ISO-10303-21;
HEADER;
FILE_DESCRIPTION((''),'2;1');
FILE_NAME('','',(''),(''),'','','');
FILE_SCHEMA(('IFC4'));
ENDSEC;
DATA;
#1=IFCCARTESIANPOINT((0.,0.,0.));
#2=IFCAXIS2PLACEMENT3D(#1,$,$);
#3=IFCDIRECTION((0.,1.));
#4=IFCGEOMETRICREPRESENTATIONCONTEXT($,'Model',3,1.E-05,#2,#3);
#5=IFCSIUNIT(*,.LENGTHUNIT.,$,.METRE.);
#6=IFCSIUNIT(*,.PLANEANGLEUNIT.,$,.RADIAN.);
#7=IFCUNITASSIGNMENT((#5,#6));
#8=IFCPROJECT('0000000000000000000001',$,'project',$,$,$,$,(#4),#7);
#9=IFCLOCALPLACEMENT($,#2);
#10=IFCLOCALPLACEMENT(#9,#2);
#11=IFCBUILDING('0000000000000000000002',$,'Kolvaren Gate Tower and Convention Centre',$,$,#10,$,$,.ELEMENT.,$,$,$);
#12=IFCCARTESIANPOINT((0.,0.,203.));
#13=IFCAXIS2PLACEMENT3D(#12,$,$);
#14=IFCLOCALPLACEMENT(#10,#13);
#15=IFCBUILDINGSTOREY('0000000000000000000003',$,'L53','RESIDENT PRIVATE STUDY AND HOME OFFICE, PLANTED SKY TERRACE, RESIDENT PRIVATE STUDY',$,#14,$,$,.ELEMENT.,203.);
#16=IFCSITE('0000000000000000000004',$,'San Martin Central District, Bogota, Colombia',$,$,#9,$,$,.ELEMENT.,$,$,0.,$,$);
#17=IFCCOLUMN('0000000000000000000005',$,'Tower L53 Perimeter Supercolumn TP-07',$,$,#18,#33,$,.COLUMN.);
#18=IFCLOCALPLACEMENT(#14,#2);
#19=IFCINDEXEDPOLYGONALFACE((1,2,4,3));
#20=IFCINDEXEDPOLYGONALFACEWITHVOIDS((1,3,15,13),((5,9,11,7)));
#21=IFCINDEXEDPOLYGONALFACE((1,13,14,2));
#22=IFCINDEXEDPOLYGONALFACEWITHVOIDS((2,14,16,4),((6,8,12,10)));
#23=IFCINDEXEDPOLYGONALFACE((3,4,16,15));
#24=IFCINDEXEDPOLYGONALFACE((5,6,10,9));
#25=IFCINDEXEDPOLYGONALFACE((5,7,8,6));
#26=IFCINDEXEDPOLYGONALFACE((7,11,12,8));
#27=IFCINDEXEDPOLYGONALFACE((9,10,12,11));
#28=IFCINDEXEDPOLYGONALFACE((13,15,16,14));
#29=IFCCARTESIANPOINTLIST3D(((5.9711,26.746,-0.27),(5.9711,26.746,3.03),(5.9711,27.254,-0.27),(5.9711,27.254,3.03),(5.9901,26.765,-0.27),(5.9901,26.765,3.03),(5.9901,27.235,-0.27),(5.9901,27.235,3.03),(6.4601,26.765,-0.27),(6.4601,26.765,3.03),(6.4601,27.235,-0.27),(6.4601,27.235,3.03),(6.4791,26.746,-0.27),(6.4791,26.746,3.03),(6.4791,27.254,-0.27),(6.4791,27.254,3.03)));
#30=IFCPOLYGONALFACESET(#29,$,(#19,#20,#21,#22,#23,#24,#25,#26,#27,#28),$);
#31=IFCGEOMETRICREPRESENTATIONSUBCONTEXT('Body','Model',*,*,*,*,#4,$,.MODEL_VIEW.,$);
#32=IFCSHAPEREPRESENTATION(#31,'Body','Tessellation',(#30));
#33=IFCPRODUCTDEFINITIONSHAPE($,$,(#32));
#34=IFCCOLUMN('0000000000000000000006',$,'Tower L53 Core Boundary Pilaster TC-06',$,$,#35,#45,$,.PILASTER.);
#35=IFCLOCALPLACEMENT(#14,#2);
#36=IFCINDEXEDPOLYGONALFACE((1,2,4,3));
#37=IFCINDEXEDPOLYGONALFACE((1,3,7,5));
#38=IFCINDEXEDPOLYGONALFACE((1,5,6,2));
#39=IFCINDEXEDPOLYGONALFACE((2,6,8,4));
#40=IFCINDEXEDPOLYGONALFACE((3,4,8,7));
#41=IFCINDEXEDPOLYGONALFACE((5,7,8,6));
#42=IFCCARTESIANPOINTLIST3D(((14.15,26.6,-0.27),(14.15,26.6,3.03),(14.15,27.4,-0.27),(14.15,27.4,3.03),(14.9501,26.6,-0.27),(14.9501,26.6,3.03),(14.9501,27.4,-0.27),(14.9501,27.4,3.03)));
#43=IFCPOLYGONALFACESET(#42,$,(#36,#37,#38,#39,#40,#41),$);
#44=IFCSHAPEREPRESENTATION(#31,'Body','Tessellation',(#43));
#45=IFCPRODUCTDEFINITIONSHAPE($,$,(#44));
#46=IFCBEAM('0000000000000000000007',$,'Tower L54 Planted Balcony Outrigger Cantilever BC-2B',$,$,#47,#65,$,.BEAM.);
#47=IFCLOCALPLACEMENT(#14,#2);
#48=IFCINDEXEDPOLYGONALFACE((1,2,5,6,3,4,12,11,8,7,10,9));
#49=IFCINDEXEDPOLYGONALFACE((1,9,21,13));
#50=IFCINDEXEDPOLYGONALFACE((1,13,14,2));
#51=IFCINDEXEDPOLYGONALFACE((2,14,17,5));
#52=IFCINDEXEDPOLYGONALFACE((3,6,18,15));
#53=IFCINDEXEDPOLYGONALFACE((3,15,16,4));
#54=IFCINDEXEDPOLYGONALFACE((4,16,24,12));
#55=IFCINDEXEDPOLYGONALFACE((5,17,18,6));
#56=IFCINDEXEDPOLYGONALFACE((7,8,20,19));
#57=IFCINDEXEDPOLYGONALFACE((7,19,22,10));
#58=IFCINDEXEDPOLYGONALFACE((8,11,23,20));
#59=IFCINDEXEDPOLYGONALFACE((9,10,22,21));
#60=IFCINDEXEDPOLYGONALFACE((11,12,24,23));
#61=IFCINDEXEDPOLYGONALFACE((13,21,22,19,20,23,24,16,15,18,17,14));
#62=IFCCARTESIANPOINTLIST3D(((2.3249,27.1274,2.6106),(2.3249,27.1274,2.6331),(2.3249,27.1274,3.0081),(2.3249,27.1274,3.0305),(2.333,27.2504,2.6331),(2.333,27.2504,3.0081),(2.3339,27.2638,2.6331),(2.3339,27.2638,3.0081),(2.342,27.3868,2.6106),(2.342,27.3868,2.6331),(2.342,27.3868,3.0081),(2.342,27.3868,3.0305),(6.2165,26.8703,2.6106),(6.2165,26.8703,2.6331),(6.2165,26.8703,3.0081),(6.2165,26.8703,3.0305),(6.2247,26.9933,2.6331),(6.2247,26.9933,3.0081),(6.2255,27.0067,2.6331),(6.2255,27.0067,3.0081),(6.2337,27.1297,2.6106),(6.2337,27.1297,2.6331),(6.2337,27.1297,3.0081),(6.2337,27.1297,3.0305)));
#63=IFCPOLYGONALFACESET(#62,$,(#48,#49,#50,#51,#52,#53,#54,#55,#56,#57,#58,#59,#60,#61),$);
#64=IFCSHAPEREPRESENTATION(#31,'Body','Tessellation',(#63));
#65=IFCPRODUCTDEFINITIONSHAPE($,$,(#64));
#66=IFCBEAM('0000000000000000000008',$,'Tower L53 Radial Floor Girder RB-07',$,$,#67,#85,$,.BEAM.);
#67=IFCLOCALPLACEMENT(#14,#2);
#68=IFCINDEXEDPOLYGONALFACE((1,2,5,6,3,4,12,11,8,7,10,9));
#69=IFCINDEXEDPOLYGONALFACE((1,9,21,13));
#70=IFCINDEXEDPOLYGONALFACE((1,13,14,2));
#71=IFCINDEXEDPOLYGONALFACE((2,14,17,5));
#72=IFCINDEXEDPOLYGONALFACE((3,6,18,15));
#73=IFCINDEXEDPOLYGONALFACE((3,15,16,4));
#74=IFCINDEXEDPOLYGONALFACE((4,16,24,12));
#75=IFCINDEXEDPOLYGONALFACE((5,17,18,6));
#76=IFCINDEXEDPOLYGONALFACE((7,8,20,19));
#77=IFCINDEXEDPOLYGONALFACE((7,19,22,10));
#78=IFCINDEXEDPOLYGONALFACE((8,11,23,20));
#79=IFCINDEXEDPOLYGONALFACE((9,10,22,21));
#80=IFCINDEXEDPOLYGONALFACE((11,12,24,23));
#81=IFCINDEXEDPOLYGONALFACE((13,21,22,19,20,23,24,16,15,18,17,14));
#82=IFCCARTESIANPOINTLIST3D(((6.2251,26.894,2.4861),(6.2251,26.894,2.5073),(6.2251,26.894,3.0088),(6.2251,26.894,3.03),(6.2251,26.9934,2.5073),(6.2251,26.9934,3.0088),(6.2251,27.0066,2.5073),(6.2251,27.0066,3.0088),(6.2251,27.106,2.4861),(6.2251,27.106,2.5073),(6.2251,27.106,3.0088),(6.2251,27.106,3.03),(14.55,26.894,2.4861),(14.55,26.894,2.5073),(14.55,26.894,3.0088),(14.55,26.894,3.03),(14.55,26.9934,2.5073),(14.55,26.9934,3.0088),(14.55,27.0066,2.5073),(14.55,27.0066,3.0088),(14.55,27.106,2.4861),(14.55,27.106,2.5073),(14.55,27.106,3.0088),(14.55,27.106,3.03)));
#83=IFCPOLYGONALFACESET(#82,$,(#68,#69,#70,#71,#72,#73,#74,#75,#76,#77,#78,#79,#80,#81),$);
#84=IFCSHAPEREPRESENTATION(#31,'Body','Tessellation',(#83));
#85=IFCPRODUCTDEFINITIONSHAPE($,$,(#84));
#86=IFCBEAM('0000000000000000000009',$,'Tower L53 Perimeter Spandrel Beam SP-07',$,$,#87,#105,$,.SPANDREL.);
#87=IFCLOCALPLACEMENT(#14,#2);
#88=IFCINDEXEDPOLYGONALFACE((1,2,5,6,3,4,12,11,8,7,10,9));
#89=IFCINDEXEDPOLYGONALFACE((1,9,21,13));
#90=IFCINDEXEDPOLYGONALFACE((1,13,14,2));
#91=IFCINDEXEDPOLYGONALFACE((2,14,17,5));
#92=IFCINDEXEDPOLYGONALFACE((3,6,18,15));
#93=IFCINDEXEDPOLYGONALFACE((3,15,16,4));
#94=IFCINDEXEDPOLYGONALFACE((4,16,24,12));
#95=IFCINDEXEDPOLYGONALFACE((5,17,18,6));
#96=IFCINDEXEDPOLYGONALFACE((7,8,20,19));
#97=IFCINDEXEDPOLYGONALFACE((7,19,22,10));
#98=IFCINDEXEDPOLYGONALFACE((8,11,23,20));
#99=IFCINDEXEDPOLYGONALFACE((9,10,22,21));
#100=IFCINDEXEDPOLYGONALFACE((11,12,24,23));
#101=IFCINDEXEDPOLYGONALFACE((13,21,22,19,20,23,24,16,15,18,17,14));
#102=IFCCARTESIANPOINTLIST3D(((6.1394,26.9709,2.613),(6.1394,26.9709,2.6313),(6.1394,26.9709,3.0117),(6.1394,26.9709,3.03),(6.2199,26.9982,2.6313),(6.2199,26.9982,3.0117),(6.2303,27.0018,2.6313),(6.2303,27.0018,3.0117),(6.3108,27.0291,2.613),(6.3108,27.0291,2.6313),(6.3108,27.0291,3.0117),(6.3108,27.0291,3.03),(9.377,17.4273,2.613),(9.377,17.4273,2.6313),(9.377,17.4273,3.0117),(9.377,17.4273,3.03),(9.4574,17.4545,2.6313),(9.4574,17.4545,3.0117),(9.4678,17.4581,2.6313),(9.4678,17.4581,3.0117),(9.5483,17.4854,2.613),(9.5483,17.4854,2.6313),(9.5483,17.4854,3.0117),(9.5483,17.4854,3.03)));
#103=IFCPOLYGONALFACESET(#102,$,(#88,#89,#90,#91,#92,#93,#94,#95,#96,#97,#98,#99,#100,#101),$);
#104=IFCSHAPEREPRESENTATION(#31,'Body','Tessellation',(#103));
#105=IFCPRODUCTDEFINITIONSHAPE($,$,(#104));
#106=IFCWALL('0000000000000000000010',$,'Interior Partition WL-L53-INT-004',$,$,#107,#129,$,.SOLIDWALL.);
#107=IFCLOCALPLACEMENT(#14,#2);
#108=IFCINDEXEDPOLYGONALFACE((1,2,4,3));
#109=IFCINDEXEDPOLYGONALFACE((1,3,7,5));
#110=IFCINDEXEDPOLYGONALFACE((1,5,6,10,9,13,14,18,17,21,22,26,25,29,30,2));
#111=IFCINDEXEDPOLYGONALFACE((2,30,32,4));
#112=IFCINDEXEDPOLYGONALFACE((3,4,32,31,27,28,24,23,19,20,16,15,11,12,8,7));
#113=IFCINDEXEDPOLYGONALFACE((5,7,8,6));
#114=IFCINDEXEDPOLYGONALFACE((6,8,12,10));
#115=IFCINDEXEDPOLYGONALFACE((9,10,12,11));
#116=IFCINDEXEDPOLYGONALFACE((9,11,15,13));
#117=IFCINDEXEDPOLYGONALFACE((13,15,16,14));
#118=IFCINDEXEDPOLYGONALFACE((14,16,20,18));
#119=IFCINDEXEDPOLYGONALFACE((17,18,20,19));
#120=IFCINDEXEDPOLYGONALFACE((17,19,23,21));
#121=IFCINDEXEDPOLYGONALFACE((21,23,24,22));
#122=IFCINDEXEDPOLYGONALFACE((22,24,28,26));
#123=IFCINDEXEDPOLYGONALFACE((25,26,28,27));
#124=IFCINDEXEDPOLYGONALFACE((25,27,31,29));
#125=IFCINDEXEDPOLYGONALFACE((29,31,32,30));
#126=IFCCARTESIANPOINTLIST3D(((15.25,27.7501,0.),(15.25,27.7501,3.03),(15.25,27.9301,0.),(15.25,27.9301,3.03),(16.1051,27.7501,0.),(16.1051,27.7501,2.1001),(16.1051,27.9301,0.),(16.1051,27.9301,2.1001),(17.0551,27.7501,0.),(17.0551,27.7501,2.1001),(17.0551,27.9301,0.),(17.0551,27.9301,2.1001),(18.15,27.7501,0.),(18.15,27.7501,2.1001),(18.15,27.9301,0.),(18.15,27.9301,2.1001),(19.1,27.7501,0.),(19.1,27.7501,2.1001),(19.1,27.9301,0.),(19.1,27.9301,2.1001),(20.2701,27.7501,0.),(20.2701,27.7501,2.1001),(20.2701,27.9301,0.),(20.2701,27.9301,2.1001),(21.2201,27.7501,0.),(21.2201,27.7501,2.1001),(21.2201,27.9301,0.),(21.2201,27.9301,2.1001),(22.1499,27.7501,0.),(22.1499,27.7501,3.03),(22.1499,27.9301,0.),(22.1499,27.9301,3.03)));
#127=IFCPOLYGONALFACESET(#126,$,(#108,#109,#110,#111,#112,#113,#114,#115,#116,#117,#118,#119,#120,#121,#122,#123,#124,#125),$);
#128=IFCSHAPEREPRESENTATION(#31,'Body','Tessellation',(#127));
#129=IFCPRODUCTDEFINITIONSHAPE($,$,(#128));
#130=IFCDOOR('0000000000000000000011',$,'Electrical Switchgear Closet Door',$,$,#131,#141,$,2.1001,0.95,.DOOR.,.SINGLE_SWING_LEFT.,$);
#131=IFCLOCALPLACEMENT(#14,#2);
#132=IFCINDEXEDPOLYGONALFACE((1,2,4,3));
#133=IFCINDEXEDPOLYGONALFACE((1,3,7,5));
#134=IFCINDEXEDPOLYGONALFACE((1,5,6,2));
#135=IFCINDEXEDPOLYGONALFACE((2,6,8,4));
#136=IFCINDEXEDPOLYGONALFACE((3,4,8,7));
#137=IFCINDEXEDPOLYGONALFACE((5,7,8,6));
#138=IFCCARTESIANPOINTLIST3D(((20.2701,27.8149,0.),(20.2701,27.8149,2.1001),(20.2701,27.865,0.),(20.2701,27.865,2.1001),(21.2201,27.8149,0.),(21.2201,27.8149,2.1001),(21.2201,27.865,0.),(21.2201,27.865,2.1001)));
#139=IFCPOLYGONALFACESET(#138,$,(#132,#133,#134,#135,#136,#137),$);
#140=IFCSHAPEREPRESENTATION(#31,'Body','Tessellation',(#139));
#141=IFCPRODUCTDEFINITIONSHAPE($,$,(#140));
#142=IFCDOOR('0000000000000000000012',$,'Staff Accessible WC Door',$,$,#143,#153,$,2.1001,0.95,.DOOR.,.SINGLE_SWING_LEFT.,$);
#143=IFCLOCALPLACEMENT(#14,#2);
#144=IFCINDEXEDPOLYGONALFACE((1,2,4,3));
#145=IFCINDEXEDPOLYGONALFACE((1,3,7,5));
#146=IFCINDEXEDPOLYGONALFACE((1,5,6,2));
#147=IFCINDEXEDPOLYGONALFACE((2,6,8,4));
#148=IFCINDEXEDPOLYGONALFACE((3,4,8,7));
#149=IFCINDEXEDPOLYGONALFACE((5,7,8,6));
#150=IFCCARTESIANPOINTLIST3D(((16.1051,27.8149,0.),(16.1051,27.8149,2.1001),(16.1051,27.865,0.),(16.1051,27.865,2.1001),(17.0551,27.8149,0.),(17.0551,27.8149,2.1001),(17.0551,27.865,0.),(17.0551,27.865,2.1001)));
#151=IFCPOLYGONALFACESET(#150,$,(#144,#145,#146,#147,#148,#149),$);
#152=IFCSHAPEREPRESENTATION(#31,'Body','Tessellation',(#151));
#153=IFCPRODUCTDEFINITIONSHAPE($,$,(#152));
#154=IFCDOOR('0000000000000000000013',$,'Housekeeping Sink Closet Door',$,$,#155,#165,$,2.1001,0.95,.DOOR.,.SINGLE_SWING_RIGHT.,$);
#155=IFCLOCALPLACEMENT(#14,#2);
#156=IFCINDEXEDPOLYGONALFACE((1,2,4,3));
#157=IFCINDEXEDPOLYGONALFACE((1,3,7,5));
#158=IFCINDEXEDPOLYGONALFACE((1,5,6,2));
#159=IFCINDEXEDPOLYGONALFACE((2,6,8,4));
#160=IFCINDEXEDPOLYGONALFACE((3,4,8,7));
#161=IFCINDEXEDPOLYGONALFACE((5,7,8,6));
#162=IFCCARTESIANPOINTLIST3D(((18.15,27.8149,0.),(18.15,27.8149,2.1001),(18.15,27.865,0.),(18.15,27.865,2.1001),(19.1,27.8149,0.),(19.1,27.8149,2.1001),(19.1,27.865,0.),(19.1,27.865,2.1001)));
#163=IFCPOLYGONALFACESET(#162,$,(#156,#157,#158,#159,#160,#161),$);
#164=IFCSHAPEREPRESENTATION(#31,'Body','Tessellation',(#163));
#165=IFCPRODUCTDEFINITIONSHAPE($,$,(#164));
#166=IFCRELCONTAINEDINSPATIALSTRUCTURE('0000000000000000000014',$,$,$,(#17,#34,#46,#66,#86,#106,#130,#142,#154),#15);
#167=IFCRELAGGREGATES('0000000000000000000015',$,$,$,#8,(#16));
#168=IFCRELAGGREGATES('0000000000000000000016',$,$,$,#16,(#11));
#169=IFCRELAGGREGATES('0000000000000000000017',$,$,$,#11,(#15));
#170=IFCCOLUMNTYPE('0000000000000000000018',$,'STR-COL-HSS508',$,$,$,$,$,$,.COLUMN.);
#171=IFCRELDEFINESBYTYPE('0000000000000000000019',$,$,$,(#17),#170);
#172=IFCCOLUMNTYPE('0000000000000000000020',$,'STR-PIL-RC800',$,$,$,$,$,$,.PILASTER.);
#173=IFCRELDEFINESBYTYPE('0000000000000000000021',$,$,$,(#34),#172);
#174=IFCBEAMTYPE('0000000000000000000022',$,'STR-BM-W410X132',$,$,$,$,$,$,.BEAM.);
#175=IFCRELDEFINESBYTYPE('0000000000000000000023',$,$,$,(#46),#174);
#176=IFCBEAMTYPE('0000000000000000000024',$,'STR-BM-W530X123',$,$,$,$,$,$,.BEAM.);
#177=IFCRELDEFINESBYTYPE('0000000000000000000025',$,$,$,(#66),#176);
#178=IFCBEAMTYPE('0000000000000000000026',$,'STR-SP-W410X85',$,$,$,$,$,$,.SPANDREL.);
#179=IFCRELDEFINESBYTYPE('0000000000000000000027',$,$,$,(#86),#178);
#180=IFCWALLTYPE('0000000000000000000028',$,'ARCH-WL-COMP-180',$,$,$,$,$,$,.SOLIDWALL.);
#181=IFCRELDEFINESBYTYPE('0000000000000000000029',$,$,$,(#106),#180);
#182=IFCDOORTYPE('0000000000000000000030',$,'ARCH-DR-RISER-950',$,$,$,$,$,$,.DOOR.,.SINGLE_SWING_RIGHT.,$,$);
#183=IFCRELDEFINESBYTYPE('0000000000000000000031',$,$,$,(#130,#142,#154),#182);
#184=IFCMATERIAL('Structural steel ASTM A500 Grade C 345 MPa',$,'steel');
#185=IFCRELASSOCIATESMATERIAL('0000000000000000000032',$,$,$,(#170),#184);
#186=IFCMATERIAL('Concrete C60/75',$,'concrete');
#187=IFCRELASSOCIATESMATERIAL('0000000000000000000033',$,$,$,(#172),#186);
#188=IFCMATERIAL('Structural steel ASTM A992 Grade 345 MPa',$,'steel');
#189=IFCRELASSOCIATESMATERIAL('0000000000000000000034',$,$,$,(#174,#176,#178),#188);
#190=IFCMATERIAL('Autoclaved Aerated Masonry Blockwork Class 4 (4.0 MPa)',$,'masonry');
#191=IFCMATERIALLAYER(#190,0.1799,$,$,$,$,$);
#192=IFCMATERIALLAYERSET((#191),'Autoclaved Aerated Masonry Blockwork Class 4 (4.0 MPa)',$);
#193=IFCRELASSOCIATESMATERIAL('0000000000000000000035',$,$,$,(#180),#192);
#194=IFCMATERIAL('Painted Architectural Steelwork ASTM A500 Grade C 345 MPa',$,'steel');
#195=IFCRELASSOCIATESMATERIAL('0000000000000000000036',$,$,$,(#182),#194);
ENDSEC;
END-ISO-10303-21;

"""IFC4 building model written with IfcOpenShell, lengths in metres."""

from ifc_helpers import new_model, si_unit, direction, frame, frame_2d, origin, origin_2d, place, context, subcontext, project, spatial, rectangle, hollow_rectangle, i_section, extrude, material, layer, layer_set, material_profile, profile_set, type_object, element, fill, save


model = new_model("IFC4")

# Units and contexts
model_context = context("Model", 3, precision=1e-05, world=origin(), true_north=direction((0.0, 1.0)))
body_context = subcontext(model_context, "Body", "Model", "MODEL_VIEW")
ifc_project = project(units=[si_unit("LENGTHUNIT", "METRE"), si_unit("PLANEANGLEUNIT", "RADIAN")], contexts=[model_context])

# Site, building, storey
site_placement = place(None, origin())
site = spatial("IfcSite", under=ifc_project, at=site_placement, Name="San Martin Central District, Bogota, Colombia", CompositionType="ELEMENT", RefElevation=0.0)
building_placement = place(site_placement, origin())
building = spatial("IfcBuilding", under=site, at=building_placement, Name="Kolvaren Gate Tower and Convention Centre", CompositionType="ELEMENT")
storey_placement = place(building_placement, frame((0.0, 0.0, 203.0)))
storey = spatial("IfcBuildingStorey", under=building, at=storey_placement, Name="L53", Description="RESIDENT PRIVATE STUDY AND HOME OFFICE, PLANTED SKY TERRACE, RESIDENT PRIVATE STUDY", CompositionType="ELEMENT", Elevation=203.0)

# Columns
ifc_material_1 = material(Name="Structural steel ASTM A500 Grade C 345 MPa", Category="steel")
ifc_material_profile_1 = material_profile(ifc_material_1, hollow_rectangle(XDim=0.5081, YDim=0.5081, WallThickness=0.019, at=origin_2d()), Name="HSS508X508X19.1")
ifc_profile_set_1 = profile_set([ifc_material_profile_1], Name="Structural steel ASTM A500 Grade C 345 MPa")
column_type_1 = type_object("IfcColumnType", Name="STR-COL-HSS508", PredefinedType="COLUMN", material=ifc_profile_set_1)
column_1_placement = place(storey_placement, frame((6.2251, 27.0, -0.27), z_axis=(0.0, 0.0, 1.0), x_axis=(1.0, 0.0, 0.0)))
element("IfcColumn", 1, at=column_1_placement, inside=storey, type_object=column_type_1, Name="Tower L53 Perimeter Supercolumn TP-07", PredefinedType="COLUMN", context=body_context, shape_type="SweptSolid", body=[
    extrude(hollow_rectangle(XDim=0.5081, YDim=0.5081, WallThickness=0.019, at=origin_2d()), origin(), (0.0, 0.0, 1.0), 3.3),
])
ifc_material_2 = material(Name="Concrete C60/75", Category="concrete")
ifc_material_profile_2 = material_profile(ifc_material_2, rectangle(XDim=0.8, YDim=0.8, at=origin_2d()), Name="RC-COL-800X800")
ifc_profile_set_2 = profile_set([ifc_material_profile_2], Name="Concrete C60/75")
column_type_2 = type_object("IfcColumnType", Name="STR-PIL-RC800", PredefinedType="PILASTER", material=ifc_profile_set_2)
column_2_placement = place(storey_placement, frame((14.55, 27.0, -0.27), z_axis=(0.0, 0.0, 1.0), x_axis=(1.0, 0.0, 0.0)))
element("IfcColumn", 2, at=column_2_placement, inside=storey, type_object=column_type_2, Name="Tower L53 Core Boundary Pilaster TC-06", PredefinedType="PILASTER", context=body_context, shape_type="SweptSolid", body=[
    extrude(rectangle(XDim=0.8, YDim=0.8, at=origin_2d()), origin(), (0.0, 0.0, 1.0), 3.3),
])

# Beams
ifc_material_3 = material(Name="Structural steel ASTM A992 Grade 345 MPa", Category="steel")
ifc_material_profile_3 = material_profile(ifc_material_3, i_section(OverallWidth=0.26, OverallDepth=0.4199, WebThickness=0.0134, FlangeThickness=0.0225, at=origin_2d()), Name="W410X132")
ifc_profile_set_3 = profile_set([ifc_material_profile_3], Name="Structural steel ASTM A992 Grade 345 MPa")
beam_type_1 = type_object("IfcBeamType", Name="STR-BM-W410X132", PredefinedType="BEAM", material=ifc_profile_set_3)
beam_1_placement = place(storey_placement, frame((6.2251, 27.0, 2.8206), z_axis=(-0.997825, 0.065917, 0.0), x_axis=(-0.065917, -0.997825, 0.0)))
element("IfcBeam", 3, at=beam_1_placement, inside=storey, type_object=beam_type_1, Name="Tower L54 Planted Balcony Outrigger Cantilever BC-2B", PredefinedType="BEAM", context=body_context, shape_type="SweptSolid", body=[
    extrude(i_section(OverallWidth=0.26, OverallDepth=0.4199, WebThickness=0.0134, FlangeThickness=0.0225, at=origin_2d()), origin(), (0.0, 0.0, 1.0), 3.9001),
])
ifc_material_profile_4 = material_profile(ifc_material_3, i_section(OverallWidth=0.2119, OverallDepth=0.5439, WebThickness=0.0132, FlangeThickness=0.0212, at=origin_2d()), Name="W530X123")
ifc_profile_set_4 = profile_set([ifc_material_profile_4], Name="Structural steel ASTM A992 Grade 345 MPa")
beam_type_2 = type_object("IfcBeamType", Name="STR-BM-W530X123", PredefinedType="BEAM", material=ifc_profile_set_4)
beam_2_placement = place(storey_placement, frame((14.55, 27.0, 2.7581), z_axis=(-1.0, 0.0, 0.0), x_axis=(0.0, -1.0, 0.0)))
element("IfcBeam", 4, at=beam_2_placement, inside=storey, type_object=beam_type_2, Name="Tower L53 Radial Floor Girder RB-07", PredefinedType="BEAM", context=body_context, shape_type="SweptSolid", body=[
    extrude(i_section(OverallWidth=0.2119, OverallDepth=0.5439, WebThickness=0.0132, FlangeThickness=0.0212, at=origin_2d()), origin(), (0.0, 0.0, 1.0), 8.325),
])
ifc_material_profile_5 = material_profile(ifc_material_3, i_section(OverallWidth=0.1809, OverallDepth=0.417, WebThickness=0.011, FlangeThickness=0.0183, at=origin_2d()), Name="W410X85")
ifc_profile_set_5 = profile_set([ifc_material_profile_5], Name="Structural steel ASTM A992 Grade 345 MPa")
beam_type_3 = type_object("IfcBeamType", Name="STR-SP-W410X85", PredefinedType="SPANDREL", material=ifc_profile_set_5)
beam_3_placement = place(storey_placement, frame((6.2251, 27.0, 2.8215), z_axis=(0.321253, -0.946994, 0.0), x_axis=(0.946994, 0.321253, 0.0)))
element("IfcBeam", 5, at=beam_3_placement, inside=storey, type_object=beam_type_3, Name="Tower L53 Perimeter Spandrel Beam SP-07", PredefinedType="SPANDREL", context=body_context, shape_type="SweptSolid", body=[
    extrude(i_section(OverallWidth=0.1809, OverallDepth=0.417, WebThickness=0.011, FlangeThickness=0.0183, at=origin_2d()), origin(), (0.0, 0.0, 1.0), 10.0779),
])

# Wall, openings, doors
ifc_material_4 = material(Name="Autoclaved Aerated Masonry Blockwork Class 4 (4.0 MPa)", Category="masonry")
ifc_layer_1 = layer(ifc_material_4, 0.1799)
ifc_layer_set_1 = layer_set([ifc_layer_1], Name="Autoclaved Aerated Masonry Blockwork Class 4 (4.0 MPa)")
wall_type_1 = type_object("IfcWallType", Name="ARCH-WL-COMP-180", PredefinedType="SOLIDWALL", material=ifc_layer_set_1)
wall_1_placement = place(storey_placement, frame((15.25, 27.8401, 0.0), z_axis=(0.0, 0.0, 1.0), x_axis=(1.0, 0.0, 0.0)))
wall_1 = element("IfcWall", 6, at=wall_1_placement, inside=storey, type_object=wall_type_1, Name="Interior Partition WL-L53-INT-004", PredefinedType="SOLIDWALL", context=body_context, shape_type="SweptSolid", body=[
    extrude(rectangle(XDim=6.8999, YDim=0.1799, at=frame_2d((3.45, 0.0))), origin(), (0.0, 0.0, 1.0), 3.03),
])
opening_1_placement = place(wall_1_placement, frame((5.02, 0.0, 0.0)))
opening_1 = element("IfcOpeningElement", 7, at=opening_1_placement, cuts=wall_1, PredefinedType="OPENING", context=body_context, shape_type="SweptSolid", body=[
    extrude(rectangle(XDim=0.95, YDim=2.1001, at=frame_2d((0.4751, 1.05))), frame((0.0, 0.0999, 0.0), z_axis=(0.0, -1.0, 0.0), x_axis=(1.0, 0.0, 0.0)), (0.0, 0.0, 1.0), 0.2),
])
opening_2_placement = place(wall_1_placement, frame((0.855, 0.0, 0.0)))
opening_2 = element("IfcOpeningElement", 8, at=opening_2_placement, cuts=wall_1, PredefinedType="OPENING", context=body_context, shape_type="SweptSolid", body=[
    extrude(rectangle(XDim=0.95, YDim=2.1001, at=frame_2d((0.4751, 1.05))), frame((0.0, 0.0999, 0.0), z_axis=(0.0, -1.0, 0.0), x_axis=(1.0, 0.0, 0.0)), (0.0, 0.0, 1.0), 0.2),
])
opening_3_placement = place(wall_1_placement, frame((2.8999, 0.0, 0.0)))
opening_3 = element("IfcOpeningElement", 9, at=opening_3_placement, cuts=wall_1, PredefinedType="OPENING", context=body_context, shape_type="SweptSolid", body=[
    extrude(rectangle(XDim=0.95, YDim=2.1001, at=frame_2d((0.4751, 1.05))), frame((0.0, 0.0999, 0.0), z_axis=(0.0, -1.0, 0.0), x_axis=(1.0, 0.0, 0.0)), (0.0, 0.0, 1.0), 0.2),
])
ifc_material_5 = material(Name="Painted Architectural Steelwork ASTM A500 Grade C 345 MPa", Category="steel")
door_type_1 = type_object("IfcDoorType", Name="ARCH-DR-RISER-950", OperationType="SINGLE_SWING_RIGHT", PredefinedType="DOOR", material=ifc_material_5)
door_1_placement = place(opening_1_placement, origin())
door_1 = element("IfcDoor", 10, at=door_1_placement, inside=storey, type_object=door_type_1, Name="Electrical Switchgear Closet Door", OperationType="SINGLE_SWING_LEFT", OverallHeight=2.1001, OverallWidth=0.95, PredefinedType="DOOR", context=body_context, shape_type="SweptSolid", body=[
    extrude(rectangle(XDim=0.95, YDim=2.1001, at=frame_2d((0.4751, 1.05))), frame((0.0, 0.0249, 0.0), z_axis=(0.0, -1.0, 0.0), x_axis=(1.0, 0.0, 0.0)), (0.0, 0.0, 1.0), 0.05),
])
fill(opening_1, door_1)
door_2_placement = place(opening_2_placement, origin())
door_2 = element("IfcDoor", 11, at=door_2_placement, inside=storey, type_object=door_type_1, Name="Staff Accessible WC Door", OperationType="SINGLE_SWING_LEFT", OverallHeight=2.1001, OverallWidth=0.95, PredefinedType="DOOR", context=body_context, shape_type="SweptSolid", body=[
    extrude(rectangle(XDim=0.95, YDim=2.1001, at=frame_2d((0.4751, 1.05))), frame((0.0, 0.0249, 0.0), z_axis=(0.0, -1.0, 0.0), x_axis=(1.0, 0.0, 0.0)), (0.0, 0.0, 1.0), 0.05),
])
fill(opening_2, door_2)
door_3_placement = place(opening_3_placement, origin())
door_3 = element("IfcDoor", 12, at=door_3_placement, inside=storey, type_object=door_type_1, Name="Housekeeping Sink Closet Door", OperationType="SINGLE_SWING_RIGHT", OverallHeight=2.1001, OverallWidth=0.95, PredefinedType="DOOR", context=body_context, shape_type="SweptSolid", body=[
    extrude(rectangle(XDim=0.95, YDim=2.1001, at=frame_2d((0.4751, 1.05))), frame((0.0, 0.0249, 0.0), z_axis=(0.0, -1.0, 0.0), x_axis=(1.0, 0.0, 0.0)), (0.0, 0.0, 1.0), 0.05),
])
fill(opening_3, door_3)

save(model, "model.ifc")
